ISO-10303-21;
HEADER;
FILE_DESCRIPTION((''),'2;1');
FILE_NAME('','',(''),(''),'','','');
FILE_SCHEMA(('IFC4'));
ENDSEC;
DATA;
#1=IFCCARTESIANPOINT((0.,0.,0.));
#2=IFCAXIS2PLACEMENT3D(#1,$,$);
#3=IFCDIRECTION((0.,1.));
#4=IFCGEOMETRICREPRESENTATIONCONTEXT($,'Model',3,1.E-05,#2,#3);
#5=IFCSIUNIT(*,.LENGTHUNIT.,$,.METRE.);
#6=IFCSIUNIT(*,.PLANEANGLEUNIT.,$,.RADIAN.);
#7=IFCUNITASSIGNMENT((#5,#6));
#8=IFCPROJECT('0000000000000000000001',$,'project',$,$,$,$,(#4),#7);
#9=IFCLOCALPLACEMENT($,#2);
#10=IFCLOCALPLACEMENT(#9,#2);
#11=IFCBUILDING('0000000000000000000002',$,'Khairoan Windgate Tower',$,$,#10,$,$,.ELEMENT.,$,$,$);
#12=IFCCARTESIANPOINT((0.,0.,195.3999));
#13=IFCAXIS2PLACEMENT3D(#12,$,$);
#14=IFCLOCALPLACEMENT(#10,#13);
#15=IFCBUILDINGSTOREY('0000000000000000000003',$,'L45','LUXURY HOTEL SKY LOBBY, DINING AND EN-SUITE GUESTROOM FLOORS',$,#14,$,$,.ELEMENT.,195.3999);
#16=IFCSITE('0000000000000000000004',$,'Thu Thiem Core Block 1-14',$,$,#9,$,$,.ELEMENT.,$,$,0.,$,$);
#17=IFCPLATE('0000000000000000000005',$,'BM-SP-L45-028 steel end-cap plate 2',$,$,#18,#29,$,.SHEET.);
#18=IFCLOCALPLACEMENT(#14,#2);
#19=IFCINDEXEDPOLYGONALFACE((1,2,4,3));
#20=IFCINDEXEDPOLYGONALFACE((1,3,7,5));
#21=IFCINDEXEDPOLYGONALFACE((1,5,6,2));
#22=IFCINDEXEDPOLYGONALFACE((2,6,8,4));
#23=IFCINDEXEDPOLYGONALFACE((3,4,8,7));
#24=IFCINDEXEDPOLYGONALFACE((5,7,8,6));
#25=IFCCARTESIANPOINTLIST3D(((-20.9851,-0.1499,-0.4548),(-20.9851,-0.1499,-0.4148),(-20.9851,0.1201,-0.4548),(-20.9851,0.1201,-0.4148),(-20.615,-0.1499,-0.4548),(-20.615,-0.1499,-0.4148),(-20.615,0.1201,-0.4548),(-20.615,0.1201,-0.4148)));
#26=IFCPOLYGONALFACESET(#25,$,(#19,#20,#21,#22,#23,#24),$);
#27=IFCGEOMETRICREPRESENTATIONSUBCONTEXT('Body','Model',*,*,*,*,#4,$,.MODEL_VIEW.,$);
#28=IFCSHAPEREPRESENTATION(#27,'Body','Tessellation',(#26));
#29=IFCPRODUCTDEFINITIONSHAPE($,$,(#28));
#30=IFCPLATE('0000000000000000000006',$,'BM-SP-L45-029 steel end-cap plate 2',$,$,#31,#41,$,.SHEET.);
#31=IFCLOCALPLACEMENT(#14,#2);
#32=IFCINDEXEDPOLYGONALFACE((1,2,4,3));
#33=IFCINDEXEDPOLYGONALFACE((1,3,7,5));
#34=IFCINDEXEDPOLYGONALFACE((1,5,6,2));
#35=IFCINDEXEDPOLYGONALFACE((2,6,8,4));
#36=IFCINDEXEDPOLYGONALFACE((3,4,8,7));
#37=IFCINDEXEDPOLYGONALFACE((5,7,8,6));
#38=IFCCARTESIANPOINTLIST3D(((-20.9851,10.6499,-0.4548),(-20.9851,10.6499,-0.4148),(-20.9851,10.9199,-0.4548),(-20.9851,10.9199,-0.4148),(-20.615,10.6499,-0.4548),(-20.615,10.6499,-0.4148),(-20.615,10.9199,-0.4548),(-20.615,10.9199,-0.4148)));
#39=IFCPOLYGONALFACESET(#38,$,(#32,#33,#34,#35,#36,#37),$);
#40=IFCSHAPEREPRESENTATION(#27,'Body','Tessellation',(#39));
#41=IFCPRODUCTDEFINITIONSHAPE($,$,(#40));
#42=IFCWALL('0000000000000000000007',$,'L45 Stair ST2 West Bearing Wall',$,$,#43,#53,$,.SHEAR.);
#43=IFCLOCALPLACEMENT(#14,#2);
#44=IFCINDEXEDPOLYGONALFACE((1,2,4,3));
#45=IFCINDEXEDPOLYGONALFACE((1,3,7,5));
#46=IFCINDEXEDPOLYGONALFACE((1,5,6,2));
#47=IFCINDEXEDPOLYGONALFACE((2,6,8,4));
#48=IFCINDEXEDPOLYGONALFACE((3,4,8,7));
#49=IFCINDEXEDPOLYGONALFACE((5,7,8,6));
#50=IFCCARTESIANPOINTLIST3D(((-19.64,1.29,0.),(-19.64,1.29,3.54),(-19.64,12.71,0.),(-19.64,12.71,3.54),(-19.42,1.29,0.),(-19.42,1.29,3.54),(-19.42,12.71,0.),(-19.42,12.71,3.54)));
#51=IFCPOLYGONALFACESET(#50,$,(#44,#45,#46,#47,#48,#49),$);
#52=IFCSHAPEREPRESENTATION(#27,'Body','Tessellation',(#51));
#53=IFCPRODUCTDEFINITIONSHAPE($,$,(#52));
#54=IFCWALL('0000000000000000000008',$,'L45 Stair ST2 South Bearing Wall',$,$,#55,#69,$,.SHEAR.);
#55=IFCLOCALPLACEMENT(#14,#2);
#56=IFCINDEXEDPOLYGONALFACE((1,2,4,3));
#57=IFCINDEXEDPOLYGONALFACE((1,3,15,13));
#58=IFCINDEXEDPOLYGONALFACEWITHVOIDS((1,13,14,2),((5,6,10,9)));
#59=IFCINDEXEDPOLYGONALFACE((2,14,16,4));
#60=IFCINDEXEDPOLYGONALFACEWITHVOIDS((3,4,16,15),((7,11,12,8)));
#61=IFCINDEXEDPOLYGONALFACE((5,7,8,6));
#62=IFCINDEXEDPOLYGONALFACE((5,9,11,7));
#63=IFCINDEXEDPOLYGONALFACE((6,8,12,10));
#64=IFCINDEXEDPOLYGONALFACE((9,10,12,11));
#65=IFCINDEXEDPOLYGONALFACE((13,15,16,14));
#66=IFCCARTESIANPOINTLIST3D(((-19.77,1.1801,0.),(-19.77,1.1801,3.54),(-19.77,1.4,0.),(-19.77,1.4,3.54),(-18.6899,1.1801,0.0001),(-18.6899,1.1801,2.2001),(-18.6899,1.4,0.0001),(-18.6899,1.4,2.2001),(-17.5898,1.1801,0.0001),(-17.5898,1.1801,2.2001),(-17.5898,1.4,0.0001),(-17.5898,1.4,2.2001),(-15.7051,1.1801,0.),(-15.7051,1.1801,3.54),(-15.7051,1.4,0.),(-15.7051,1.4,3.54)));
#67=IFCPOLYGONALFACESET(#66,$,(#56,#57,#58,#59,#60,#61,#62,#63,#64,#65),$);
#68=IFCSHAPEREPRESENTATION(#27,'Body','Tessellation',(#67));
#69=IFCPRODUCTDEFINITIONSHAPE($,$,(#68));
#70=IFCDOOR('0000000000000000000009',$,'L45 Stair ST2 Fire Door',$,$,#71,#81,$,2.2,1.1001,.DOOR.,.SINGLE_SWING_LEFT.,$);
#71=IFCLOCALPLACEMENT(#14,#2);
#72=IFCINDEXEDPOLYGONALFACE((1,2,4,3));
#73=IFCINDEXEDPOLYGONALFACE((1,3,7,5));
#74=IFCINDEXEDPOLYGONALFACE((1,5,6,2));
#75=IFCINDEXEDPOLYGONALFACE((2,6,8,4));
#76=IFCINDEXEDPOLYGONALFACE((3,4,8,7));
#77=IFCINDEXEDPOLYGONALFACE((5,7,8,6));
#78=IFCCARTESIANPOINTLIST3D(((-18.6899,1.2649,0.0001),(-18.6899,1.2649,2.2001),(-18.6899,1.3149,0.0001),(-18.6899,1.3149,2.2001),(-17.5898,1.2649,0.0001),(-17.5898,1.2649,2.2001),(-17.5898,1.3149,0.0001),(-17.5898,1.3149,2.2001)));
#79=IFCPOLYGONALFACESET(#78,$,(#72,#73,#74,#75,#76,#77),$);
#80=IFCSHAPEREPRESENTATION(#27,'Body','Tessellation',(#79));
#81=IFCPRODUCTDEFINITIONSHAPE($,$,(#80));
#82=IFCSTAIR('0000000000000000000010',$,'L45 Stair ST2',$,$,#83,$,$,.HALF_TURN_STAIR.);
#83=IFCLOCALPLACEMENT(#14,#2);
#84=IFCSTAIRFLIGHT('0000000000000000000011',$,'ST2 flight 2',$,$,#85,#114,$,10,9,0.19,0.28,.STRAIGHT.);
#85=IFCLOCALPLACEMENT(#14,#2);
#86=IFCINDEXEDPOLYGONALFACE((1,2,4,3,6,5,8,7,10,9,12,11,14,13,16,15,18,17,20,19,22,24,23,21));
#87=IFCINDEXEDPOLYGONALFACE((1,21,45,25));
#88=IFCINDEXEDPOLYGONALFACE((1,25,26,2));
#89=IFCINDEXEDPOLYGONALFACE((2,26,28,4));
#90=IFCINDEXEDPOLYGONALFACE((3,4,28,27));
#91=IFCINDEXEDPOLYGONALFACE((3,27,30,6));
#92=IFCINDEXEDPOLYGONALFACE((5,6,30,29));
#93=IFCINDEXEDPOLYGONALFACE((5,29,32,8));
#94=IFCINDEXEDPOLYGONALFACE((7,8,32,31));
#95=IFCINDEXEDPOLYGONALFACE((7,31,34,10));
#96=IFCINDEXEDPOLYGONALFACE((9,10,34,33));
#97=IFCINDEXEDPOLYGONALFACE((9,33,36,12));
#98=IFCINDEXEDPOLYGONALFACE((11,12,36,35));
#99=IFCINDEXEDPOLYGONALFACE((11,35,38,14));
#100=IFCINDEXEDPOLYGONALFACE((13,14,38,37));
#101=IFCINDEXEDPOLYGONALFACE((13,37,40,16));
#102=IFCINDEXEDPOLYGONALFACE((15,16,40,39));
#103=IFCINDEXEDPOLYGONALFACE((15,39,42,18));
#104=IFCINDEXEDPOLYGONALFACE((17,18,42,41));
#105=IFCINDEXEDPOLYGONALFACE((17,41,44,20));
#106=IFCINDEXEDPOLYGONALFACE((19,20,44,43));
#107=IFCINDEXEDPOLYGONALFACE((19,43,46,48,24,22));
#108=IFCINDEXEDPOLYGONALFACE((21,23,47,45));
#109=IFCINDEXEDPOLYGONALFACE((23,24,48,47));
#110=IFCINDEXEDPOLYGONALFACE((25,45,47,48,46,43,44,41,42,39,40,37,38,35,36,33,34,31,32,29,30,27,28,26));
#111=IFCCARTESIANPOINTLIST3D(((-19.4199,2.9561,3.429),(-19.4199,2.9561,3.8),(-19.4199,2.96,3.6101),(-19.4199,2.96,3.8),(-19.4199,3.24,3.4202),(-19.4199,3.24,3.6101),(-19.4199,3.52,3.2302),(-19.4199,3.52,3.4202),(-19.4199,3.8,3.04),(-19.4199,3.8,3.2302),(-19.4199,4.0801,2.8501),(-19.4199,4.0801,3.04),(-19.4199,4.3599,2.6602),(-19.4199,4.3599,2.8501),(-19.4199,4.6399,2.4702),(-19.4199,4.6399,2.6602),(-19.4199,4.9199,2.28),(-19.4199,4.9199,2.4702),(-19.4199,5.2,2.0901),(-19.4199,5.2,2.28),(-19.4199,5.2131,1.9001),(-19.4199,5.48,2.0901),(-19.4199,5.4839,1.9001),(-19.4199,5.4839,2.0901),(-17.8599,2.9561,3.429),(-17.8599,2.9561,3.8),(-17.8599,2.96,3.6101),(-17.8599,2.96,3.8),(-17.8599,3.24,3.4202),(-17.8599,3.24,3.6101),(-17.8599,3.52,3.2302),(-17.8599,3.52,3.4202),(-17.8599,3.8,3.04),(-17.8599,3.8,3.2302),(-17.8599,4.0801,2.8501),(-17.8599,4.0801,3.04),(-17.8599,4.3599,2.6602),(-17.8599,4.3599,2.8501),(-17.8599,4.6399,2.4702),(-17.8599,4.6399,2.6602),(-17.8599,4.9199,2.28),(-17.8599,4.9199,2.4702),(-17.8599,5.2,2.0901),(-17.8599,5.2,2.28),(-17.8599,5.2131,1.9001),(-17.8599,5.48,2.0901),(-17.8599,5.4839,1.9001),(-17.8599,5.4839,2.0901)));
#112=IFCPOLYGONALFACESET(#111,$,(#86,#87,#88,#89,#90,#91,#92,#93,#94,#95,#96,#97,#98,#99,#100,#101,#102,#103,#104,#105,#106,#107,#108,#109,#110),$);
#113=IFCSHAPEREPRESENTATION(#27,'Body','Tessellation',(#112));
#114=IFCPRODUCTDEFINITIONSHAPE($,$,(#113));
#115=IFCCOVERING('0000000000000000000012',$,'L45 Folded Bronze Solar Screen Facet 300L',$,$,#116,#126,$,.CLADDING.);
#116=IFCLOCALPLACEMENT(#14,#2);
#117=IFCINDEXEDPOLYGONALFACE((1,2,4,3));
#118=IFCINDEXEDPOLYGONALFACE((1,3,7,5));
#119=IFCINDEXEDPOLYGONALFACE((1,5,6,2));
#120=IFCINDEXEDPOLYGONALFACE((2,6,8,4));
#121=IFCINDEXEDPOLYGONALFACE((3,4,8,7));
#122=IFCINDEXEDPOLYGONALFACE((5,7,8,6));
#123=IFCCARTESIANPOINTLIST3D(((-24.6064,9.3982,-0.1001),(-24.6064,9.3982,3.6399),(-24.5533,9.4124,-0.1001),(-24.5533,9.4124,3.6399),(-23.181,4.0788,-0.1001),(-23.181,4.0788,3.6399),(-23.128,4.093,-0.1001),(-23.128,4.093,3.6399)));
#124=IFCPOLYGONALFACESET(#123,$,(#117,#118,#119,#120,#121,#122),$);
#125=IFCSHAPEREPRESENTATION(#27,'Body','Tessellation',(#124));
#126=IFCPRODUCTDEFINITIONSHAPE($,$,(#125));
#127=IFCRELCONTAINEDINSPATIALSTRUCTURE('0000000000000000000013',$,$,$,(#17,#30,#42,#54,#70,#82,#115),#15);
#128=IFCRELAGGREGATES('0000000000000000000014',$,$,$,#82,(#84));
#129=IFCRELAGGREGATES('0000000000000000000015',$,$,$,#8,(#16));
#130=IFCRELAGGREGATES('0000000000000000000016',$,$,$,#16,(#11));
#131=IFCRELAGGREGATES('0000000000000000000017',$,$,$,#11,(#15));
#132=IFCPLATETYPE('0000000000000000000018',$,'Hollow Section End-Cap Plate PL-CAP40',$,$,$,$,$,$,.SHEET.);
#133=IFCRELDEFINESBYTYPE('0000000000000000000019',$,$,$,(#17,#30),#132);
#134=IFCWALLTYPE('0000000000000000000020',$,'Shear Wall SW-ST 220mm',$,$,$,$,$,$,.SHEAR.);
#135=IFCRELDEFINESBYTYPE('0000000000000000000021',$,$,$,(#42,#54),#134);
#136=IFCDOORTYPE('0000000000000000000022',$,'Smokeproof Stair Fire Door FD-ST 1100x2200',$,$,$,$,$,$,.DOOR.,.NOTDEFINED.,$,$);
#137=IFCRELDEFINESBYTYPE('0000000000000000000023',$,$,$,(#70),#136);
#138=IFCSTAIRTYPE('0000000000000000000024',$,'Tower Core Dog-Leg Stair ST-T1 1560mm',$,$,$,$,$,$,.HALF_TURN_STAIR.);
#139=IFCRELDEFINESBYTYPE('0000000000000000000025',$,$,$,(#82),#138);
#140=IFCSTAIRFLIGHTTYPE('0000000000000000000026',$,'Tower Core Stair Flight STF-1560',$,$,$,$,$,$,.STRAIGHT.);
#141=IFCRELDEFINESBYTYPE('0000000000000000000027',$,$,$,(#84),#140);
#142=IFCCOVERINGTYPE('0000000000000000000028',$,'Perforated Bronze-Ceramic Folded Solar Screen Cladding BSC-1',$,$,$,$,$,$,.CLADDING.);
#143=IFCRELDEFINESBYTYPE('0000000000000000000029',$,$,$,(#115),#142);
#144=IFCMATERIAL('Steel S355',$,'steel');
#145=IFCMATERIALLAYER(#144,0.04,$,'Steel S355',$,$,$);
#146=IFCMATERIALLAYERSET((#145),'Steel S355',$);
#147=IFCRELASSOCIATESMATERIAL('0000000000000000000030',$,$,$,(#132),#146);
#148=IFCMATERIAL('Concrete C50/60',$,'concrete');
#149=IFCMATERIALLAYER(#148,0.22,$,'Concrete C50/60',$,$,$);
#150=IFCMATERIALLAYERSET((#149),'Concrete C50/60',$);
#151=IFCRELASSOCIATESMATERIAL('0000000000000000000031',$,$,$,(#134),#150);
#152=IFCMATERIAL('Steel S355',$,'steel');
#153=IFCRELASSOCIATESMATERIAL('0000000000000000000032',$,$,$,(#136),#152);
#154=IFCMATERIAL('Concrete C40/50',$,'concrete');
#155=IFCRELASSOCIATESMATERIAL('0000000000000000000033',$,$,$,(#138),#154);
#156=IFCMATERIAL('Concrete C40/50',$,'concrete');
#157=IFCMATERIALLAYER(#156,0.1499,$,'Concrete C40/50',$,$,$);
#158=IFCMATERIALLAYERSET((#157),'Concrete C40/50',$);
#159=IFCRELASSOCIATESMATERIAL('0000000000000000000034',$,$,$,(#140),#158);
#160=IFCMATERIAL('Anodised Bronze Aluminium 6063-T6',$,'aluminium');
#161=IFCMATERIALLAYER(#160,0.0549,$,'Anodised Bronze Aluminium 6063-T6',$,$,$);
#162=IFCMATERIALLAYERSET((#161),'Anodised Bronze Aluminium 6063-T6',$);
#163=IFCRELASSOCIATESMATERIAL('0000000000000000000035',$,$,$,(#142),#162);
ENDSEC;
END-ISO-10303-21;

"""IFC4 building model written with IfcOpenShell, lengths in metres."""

from ifc_helpers import new_model, si_unit, direction, frame, frame_2d, origin, origin_2d, place, context, subcontext, project, spatial, polyline, rectangle, outline, extrude, material, layer, layer_set, type_object, element, fill, aggregate, save


model = new_model("IFC4")

# Units and contexts
model_context = context("Model", 3, precision=1e-05, world=origin(), true_north=direction((0.0, 1.0)))
body_context = subcontext(model_context, "Body", "Model", "MODEL_VIEW")
ifc_project = project(units=[si_unit("LENGTHUNIT", "METRE"), si_unit("PLANEANGLEUNIT", "RADIAN")], contexts=[model_context])

# Site, building, storey
site_placement = place(None, origin())
site = spatial("IfcSite", under=ifc_project, at=site_placement, Name="Thu Thiem Core Block 1-14", CompositionType="ELEMENT", RefElevation=0.0)
building_placement = place(site_placement, origin())
building = spatial("IfcBuilding", under=site, at=building_placement, Name="Khairoan Windgate Tower", CompositionType="ELEMENT")
storey_placement = place(building_placement, frame((0.0, 0.0, 195.3999)))
storey = spatial("IfcBuildingStorey", under=building, at=storey_placement, Name="L45", Description="LUXURY HOTEL SKY LOBBY, DINING AND EN-SUITE GUESTROOM FLOORS", CompositionType="ELEMENT", Elevation=195.3999)

# Plates
ifc_material_1 = material(Name="Steel S355", Category="steel")
ifc_layer_1 = layer(ifc_material_1, 0.04, Name="Steel S355")
ifc_layer_set_1 = layer_set([ifc_layer_1], Name="Steel S355")
plate_type = type_object("IfcPlateType", Name="Hollow Section End-Cap Plate PL-CAP40", PredefinedType="SHEET", material=ifc_layer_set_1)
for number, where, z_axis, x_axis, name in (
    (1, (-20.8, -0.0149, -0.4548), (0.0, 0.0, 1.0), (0.0, 1.0, 0.0), "BM-SP-L45-028 steel end-cap plate 2"),
    (2, (-20.8, 10.7849, -0.4548), (0.0, 0.0, 1.0), (0.0, 1.0, 0.0), "BM-SP-L45-029 steel end-cap plate 2"),
):
    element("IfcPlate", number, at=place(storey_placement, frame(where, z_axis=z_axis, x_axis=x_axis)), inside=storey, type_object=plate_type, Name=name, PredefinedType="SHEET", context=body_context, shape_type="SweptSolid", body=[
        extrude(rectangle(XDim=0.27, YDim=0.3701, at=origin_2d()), origin(), (0.0, 0.0, 1.0), 0.04),
    ])

# Wall
ifc_material_2 = material(Name="Concrete C50/60", Category="concrete")
ifc_layer_2 = layer(ifc_material_2, 0.22, Name="Concrete C50/60")
ifc_layer_set_2 = layer_set([ifc_layer_2], Name="Concrete C50/60")
wall_type = type_object("IfcWallType", Name="Shear Wall SW-ST 220mm", PredefinedType="SHEAR", material=ifc_layer_set_2)
wall_1_placement = place(storey_placement, frame((-19.53, 1.29, 0.0), z_axis=(0.0, 0.0, 1.0), x_axis=(0.0, 1.0, 0.0)))
element("IfcWall", 3, at=wall_1_placement, inside=storey, type_object=wall_type, Name="L45 Stair ST2 West Bearing Wall", PredefinedType="SHEAR", context=body_context, shape_type="SweptSolid", body=[
    extrude(rectangle(XDim=11.4199, YDim=0.22, at=frame_2d((5.71, 0.0))), origin(), (0.0, 0.0, 1.0), 3.54),
])

# Wall, opening, door
wall_2_placement = place(storey_placement, frame((-19.77, 1.29, 0.0), z_axis=(0.0, 0.0, 1.0), x_axis=(1.0, 0.0, 0.0)))
wall_2 = element("IfcWall", 4, at=wall_2_placement, inside=storey, type_object=wall_type, Name="L45 Stair ST2 South Bearing Wall", PredefinedType="SHEAR", context=body_context, shape_type="SweptSolid", body=[
    extrude(rectangle(XDim=4.0649, YDim=0.22, at=frame_2d((2.0325, 0.0))), origin(), (0.0, 0.0, 1.0), 3.54),
])
opening_placement = place(wall_2_placement, frame((1.0801, 0.0, 0.0)))
opening = element("IfcOpeningElement", 5, at=opening_placement, cuts=wall_2, PredefinedType="OPENING", context=body_context, shape_type="SweptSolid", body=[
    extrude(rectangle(XDim=1.1001, YDim=2.2, at=frame_2d((0.55, 1.1001))), frame((0.0, 0.1199, 0.0), z_axis=(0.0, -1.0, 0.0), x_axis=(1.0, 0.0, 0.0)), (0.0, 0.0, 1.0), 0.24),
])
ifc_material_3 = material(Name="Steel S355", Category="steel")
door_type = type_object("IfcDoorType", Name="Smokeproof Stair Fire Door FD-ST 1100x2200", OperationType="NOTDEFINED", PredefinedType="DOOR", material=ifc_material_3)
door_placement = place(opening_placement, origin())
door = element("IfcDoor", 6, at=door_placement, inside=storey, type_object=door_type, Name="L45 Stair ST2 Fire Door", OperationType="SINGLE_SWING_LEFT", OverallHeight=2.2, OverallWidth=1.1001, PredefinedType="DOOR", context=body_context, shape_type="SweptSolid", body=[
    extrude(rectangle(XDim=1.1001, YDim=2.2, at=frame_2d((0.55, 1.1001))), frame((0.0, 0.0249, 0.0), z_axis=(0.0, -1.0, 0.0), x_axis=(1.0, 0.0, 0.0)), (0.0, 0.0, 1.0), 0.05),
])
fill(opening, door)

# Stair, stair flight
ifc_material_4 = material(Name="Concrete C40/50", Category="concrete")
stair_type = type_object("IfcStairType", Name="Tower Core Dog-Leg Stair ST-T1 1560mm", PredefinedType="HALF_TURN_STAIR", material=ifc_material_4)
stair_placement = place(storey_placement, origin())
stair = element("IfcStair", 7, at=stair_placement, inside=storey, type_object=stair_type, Name="L45 Stair ST2", PredefinedType="HALF_TURN_STAIR")
ifc_material_5 = material(Name="Concrete C40/50", Category="concrete")
ifc_layer_3 = layer(ifc_material_5, 0.1499, Name="Concrete C40/50")
ifc_layer_set_3 = layer_set([ifc_layer_3], Name="Concrete C40/50")
stair_flight_type = type_object("IfcStairFlightType", Name="Tower Core Stair Flight STF-1560", PredefinedType="STRAIGHT", material=ifc_layer_set_3)
stair_flight_placement = place(storey_placement, frame((-18.6399, 5.48, 1.9001), z_axis=(0.0, 0.0, 1.0), x_axis=(0.0, -1.0, 0.0)))
stair_flight = element("IfcStairFlight", 8, at=stair_flight_placement, type_object=stair_flight_type, Name="ST2 flight 2", NumberOfRisers=10, NumberOfTreads=9, PredefinedType="STRAIGHT", RiserHeight=0.19, TreadLength=0.28, context=body_context, shape_type="SweptSolid", body=[
    extrude(outline(polyline([(-0.0039, 0.0), (-0.0039, 0.1899), (0.0, 0.1899), (0.28, 0.1899), (0.28, 0.3799), (0.5601, 0.3799), (0.5601, 0.5701), (0.8401, 0.5701), (0.8401, 0.76), (1.1201, 0.76), (1.1201, 0.95), (1.3999, 0.95), (1.3999, 1.1399), (1.6799, 1.1399), (1.6799, 1.3301), (1.96, 1.3301), (1.96, 1.52), (2.24, 1.52), (2.24, 1.71), (2.52, 1.71), (2.52, 1.8999), (2.5239, 1.8999), (2.5239, 1.5288), (0.2668, 0.0), (-0.0039, 0.0)])), frame((0.0, 0.78, 0.0), z_axis=(0.0, -1.0, 0.0), x_axis=(1.0, 0.0, 0.0)), (0.0, 0.0, 1.0), 1.5601),
])
aggregate(stair, [stair_flight])

# Covering
ifc_material_6 = material(Name="Anodised Bronze Aluminium 6063-T6", Category="aluminium")
ifc_layer_4 = layer(ifc_material_6, 0.0549, Name="Anodised Bronze Aluminium 6063-T6")
ifc_layer_set_4 = layer_set([ifc_layer_4], Name="Anodised Bronze Aluminium 6063-T6")
covering_type = type_object("IfcCoveringType", Name="Perforated Bronze-Ceramic Folded Solar Screen Cladding BSC-1", PredefinedType="CLADDING", material=ifc_layer_set_4)
covering_placement = place(storey_placement, frame((-23.8672, 6.7456, -0.1001), z_axis=(0.0, 0.0, 1.0), x_axis=(-0.258819, 0.965926, 0.0)))
element("IfcCovering", 9, at=covering_placement, inside=storey, type_object=covering_type, Name="L45 Folded Bronze Solar Screen Facet 300L", PredefinedType="CLADDING", context=body_context, shape_type="SweptSolid", body=[
    extrude(rectangle(XDim=5.5071, YDim=0.0549, at=origin_2d()), origin(), (0.0, 0.0, 1.0), 3.74),
])

save(model, "model.ifc")
